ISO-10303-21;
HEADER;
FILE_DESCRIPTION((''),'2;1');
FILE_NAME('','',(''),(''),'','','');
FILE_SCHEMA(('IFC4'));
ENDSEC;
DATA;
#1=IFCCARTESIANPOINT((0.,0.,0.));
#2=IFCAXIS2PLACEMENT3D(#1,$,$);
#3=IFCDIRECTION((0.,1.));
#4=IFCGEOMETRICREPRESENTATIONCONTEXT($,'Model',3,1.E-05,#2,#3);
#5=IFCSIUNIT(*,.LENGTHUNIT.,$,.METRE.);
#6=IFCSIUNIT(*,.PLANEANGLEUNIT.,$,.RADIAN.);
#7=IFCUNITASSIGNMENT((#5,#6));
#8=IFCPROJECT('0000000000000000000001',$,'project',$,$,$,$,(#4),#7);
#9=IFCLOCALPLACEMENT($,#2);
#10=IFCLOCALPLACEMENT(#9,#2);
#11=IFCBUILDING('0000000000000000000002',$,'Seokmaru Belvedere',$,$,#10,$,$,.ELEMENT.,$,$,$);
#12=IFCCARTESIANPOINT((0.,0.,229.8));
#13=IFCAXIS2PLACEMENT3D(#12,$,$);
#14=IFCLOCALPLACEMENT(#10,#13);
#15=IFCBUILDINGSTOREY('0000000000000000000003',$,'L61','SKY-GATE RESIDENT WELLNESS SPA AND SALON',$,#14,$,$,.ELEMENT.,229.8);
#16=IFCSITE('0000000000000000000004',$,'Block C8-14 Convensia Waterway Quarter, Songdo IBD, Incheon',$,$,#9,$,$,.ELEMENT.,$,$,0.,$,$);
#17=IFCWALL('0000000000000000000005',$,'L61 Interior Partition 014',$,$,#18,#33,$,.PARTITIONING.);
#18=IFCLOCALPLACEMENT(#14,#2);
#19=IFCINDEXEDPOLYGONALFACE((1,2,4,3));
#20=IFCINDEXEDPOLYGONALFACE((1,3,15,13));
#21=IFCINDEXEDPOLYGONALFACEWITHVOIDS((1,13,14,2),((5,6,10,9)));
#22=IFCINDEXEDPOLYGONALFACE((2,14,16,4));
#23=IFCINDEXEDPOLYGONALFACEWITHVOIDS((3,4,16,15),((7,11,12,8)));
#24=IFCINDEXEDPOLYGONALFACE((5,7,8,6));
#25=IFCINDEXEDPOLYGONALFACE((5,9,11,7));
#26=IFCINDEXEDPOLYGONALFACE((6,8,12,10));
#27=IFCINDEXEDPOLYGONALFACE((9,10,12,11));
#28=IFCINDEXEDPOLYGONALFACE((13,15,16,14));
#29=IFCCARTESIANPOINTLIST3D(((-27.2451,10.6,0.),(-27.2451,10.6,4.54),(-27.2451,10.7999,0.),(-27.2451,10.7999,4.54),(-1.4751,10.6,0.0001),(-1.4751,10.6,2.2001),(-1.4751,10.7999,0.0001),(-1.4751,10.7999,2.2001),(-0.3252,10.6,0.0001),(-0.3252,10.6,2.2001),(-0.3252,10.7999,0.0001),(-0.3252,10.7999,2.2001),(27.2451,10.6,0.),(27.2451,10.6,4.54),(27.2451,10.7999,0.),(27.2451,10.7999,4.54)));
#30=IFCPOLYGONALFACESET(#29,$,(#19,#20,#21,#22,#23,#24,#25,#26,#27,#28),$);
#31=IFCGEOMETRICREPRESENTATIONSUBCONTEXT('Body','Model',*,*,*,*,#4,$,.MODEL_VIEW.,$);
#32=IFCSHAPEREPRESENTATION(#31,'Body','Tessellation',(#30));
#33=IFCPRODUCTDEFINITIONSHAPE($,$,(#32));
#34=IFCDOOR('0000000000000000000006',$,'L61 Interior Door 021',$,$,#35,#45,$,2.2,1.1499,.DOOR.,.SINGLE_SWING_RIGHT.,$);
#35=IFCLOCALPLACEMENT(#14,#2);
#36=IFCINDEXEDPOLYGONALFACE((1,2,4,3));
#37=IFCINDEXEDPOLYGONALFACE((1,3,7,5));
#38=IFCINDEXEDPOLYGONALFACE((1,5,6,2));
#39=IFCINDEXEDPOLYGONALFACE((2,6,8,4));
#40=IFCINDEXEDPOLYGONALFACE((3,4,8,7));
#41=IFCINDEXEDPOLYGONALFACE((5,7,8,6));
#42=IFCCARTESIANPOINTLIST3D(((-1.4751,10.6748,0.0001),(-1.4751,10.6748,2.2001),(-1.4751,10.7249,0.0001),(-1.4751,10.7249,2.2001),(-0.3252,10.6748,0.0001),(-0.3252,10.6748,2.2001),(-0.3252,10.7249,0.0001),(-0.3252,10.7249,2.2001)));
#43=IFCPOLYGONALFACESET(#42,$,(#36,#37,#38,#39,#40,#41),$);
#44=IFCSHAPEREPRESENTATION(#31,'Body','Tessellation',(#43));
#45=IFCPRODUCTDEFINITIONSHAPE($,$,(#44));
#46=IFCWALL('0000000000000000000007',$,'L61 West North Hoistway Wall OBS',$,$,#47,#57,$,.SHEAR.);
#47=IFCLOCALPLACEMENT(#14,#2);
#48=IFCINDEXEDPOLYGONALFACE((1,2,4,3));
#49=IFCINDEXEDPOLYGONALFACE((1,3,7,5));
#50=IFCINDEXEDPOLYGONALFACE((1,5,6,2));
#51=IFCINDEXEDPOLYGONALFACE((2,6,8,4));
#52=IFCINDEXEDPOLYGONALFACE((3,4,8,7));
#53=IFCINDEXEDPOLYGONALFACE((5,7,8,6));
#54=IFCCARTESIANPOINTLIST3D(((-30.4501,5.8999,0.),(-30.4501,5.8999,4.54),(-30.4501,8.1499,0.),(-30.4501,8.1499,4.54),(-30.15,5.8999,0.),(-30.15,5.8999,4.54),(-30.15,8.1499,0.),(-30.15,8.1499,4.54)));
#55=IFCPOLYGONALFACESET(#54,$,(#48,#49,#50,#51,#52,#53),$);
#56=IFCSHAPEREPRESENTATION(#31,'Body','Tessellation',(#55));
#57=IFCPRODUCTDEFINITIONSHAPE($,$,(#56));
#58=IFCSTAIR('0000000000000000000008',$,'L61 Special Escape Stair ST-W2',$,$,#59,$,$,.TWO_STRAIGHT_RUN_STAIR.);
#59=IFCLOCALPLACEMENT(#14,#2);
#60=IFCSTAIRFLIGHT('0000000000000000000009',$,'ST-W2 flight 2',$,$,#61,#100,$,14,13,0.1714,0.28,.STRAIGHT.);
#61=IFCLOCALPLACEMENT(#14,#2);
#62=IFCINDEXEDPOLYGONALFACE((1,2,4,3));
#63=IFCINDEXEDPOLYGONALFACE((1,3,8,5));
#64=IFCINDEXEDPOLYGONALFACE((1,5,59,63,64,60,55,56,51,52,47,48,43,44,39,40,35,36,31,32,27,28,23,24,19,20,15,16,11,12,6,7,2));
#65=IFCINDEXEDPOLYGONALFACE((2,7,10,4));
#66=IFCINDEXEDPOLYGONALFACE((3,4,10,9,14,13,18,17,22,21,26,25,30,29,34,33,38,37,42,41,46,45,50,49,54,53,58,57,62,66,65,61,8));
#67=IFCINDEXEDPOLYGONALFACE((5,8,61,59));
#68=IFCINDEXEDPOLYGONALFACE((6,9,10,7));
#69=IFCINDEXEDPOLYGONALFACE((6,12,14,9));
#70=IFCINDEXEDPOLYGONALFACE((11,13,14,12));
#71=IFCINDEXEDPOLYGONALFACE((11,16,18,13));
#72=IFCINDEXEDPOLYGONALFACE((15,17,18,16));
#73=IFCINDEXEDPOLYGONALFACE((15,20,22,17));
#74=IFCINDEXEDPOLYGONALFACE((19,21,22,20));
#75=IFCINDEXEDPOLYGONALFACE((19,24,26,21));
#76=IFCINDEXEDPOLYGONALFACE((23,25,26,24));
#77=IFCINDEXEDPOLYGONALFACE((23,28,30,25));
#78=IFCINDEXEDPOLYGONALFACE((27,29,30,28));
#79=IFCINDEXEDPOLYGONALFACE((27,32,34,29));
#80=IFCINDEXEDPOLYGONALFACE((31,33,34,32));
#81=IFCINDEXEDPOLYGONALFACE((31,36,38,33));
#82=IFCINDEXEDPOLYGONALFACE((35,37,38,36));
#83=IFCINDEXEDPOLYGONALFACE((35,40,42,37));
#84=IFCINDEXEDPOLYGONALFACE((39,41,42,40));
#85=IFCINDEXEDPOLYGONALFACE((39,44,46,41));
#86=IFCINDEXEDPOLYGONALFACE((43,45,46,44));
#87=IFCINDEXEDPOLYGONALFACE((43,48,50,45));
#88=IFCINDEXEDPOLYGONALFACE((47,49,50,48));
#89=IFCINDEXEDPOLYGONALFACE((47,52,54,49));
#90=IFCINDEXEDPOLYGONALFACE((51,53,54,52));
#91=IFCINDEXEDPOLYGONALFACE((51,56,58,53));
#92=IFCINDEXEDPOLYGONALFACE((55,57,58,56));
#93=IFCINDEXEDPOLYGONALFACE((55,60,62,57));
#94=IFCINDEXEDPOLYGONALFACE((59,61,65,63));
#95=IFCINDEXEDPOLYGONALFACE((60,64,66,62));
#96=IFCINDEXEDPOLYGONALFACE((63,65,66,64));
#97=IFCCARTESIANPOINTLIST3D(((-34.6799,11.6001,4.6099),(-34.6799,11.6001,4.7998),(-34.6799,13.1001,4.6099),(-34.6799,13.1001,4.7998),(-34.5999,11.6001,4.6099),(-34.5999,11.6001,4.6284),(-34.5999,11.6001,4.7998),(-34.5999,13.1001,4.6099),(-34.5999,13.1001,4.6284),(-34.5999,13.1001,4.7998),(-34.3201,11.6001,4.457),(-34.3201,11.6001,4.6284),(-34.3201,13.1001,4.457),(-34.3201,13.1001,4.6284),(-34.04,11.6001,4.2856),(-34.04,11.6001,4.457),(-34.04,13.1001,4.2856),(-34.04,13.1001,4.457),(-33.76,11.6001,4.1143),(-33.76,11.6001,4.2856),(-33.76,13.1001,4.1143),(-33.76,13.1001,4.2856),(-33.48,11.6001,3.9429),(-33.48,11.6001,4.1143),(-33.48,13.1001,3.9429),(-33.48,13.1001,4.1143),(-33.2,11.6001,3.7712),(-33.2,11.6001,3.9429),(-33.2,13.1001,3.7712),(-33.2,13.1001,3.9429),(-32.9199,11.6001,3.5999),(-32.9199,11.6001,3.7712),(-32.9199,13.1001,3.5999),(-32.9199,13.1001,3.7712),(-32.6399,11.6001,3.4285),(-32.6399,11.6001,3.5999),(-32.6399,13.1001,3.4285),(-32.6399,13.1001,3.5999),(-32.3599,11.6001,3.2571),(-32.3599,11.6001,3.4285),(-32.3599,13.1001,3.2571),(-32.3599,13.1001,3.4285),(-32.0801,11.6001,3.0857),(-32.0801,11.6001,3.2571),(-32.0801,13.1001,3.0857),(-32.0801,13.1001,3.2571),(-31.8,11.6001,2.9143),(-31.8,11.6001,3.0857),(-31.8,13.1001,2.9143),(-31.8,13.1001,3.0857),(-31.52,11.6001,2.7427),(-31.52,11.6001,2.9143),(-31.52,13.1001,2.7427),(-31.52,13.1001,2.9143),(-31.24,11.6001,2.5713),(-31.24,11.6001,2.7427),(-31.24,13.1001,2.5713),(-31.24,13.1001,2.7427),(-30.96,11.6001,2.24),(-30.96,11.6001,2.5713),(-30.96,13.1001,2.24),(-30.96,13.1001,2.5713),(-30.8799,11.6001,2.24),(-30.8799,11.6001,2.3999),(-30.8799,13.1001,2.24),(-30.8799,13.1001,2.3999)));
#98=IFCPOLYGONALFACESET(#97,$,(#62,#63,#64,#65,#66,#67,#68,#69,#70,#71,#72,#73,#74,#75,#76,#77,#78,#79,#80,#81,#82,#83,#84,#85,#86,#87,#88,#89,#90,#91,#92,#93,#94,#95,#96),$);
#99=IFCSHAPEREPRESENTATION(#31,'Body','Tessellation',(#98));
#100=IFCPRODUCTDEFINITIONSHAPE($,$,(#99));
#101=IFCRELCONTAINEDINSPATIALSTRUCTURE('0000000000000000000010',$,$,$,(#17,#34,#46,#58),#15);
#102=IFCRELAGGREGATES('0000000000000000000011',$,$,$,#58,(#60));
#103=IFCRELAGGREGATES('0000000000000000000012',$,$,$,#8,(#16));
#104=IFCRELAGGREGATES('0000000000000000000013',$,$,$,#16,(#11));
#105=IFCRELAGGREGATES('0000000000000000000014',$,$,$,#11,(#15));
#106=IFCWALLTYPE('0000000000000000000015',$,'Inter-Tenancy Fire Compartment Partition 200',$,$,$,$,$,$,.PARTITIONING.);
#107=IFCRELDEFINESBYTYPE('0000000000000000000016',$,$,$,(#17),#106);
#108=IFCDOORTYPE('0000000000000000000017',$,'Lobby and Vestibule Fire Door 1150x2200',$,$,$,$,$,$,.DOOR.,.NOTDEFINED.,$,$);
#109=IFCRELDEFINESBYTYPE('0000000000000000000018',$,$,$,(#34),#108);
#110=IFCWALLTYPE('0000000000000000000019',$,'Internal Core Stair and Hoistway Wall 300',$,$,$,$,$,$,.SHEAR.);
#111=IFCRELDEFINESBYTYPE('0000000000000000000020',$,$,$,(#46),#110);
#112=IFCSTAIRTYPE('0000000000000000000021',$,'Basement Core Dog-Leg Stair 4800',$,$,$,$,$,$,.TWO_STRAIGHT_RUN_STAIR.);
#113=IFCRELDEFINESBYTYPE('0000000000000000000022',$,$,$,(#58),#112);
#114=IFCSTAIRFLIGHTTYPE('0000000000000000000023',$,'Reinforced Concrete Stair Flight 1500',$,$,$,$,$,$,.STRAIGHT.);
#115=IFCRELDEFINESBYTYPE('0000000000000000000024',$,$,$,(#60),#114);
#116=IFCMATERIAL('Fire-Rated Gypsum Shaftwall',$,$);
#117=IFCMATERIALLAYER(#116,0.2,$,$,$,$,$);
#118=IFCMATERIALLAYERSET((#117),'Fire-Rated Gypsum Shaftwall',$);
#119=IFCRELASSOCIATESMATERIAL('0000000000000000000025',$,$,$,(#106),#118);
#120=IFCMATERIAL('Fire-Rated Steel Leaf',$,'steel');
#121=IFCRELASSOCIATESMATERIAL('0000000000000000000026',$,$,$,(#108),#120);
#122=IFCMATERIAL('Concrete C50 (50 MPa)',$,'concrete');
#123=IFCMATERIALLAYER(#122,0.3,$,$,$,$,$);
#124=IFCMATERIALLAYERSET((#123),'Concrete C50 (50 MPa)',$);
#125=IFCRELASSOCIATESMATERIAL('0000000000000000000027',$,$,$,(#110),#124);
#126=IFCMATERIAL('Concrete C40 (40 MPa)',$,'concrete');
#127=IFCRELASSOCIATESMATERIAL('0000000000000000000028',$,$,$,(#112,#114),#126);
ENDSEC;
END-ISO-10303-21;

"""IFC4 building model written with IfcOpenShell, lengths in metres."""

from ifc_helpers import new_model, si_unit, direction, frame, frame_2d, origin, place, context, subcontext, project, spatial, polyline, rectangle, outline, extrude, source, transform, mapped, material, layer, layer_set, type_object, type_shapes, element, fill, aggregate, save


model = new_model("IFC4")

# Units and contexts
model_context = context("Model", 3, precision=1e-05, world=origin(), true_north=direction((0.0, 1.0)))
body_context = subcontext(model_context, "Body", "Model", "MODEL_VIEW")
ifc_project = project(units=[si_unit("LENGTHUNIT", "METRE"), si_unit("PLANEANGLEUNIT", "RADIAN")], contexts=[model_context])

# Site, building, storey
site_placement = place(None, origin())
site = spatial("IfcSite", under=ifc_project, at=site_placement, Name="Block C8-14 Convensia Waterway Quarter, Songdo IBD, Incheon", CompositionType="ELEMENT", RefElevation=0.0)
building_placement = place(site_placement, origin())
building = spatial("IfcBuilding", under=site, at=building_placement, Name="Seokmaru Belvedere", CompositionType="ELEMENT")
storey_placement = place(building_placement, frame((0.0, 0.0, 229.8)))
storey = spatial("IfcBuildingStorey", under=building, at=storey_placement, Name="L61", Description="SKY-GATE RESIDENT WELLNESS SPA AND SALON", CompositionType="ELEMENT", Elevation=229.8)

# Shared definitions
ifc_material_1 = material(Name="Concrete C50 (50 MPa)", Category="concrete")

# Wall, opening, door
ifc_material_2 = material(Name="Fire-Rated Gypsum Shaftwall")
ifc_layer_1 = layer(ifc_material_2, 0.2)
ifc_layer_set_1 = layer_set([ifc_layer_1], Name="Fire-Rated Gypsum Shaftwall")
wall_type_1 = type_object("IfcWallType", Name="Inter-Tenancy Fire Compartment Partition 200", PredefinedType="PARTITIONING", material=ifc_layer_set_1)
wall_1_placement = place(storey_placement, frame((-27.2451, 10.7, 0.0), z_axis=(0.0, 0.0, 1.0), x_axis=(1.0, 0.0, 0.0)))
wall_1 = element("IfcWall", 1, at=wall_1_placement, inside=storey, type_object=wall_type_1, Name="L61 Interior Partition 014", PredefinedType="PARTITIONING", context=body_context, shape_type="SweptSolid", body=[
    extrude(rectangle(XDim=54.4902, YDim=0.2, at=frame_2d((27.2451, 0.0))), origin(), (0.0, 0.0, 1.0), 4.54),
])
opening_1_placement = place(wall_1_placement, frame((25.77, 0.0, 0.0)))
opening_1 = element("IfcOpeningElement", 2, at=opening_1_placement, cuts=wall_1, PredefinedType="OPENING", context=body_context, shape_type="SweptSolid", body=[
    extrude(rectangle(XDim=1.1499, YDim=2.2, at=frame_2d((0.575, 1.1001))), frame((0.0, 0.1099, 0.0), z_axis=(0.0, -1.0, 0.0), x_axis=(1.0, 0.0, 0.0)), (0.0, 0.0, 1.0), 0.22),
])
ifc_material_3 = material(Name="Fire-Rated Steel Leaf", Category="steel")
door_type_1 = type_object("IfcDoorType", Name="Lobby and Vestibule Fire Door 1150x2200", OperationType="NOTDEFINED", PredefinedType="DOOR", material=ifc_material_3)
shared_shape_1 = source(origin(), body_context, "Body", "SweptSolid", [
    extrude(rectangle(XDim=1.1499, YDim=2.2, at=frame_2d((0.575, 1.1001))), frame((0.0, 0.0249, 0.0), z_axis=(0.0, -1.0, 0.0), x_axis=(1.0, 0.0, 0.0)), (0.0, 0.0, 1.0), 0.05),
])
type_shapes(door_type_1, [shared_shape_1])
door_1_placement = place(opening_1_placement, origin())
door_1 = element("IfcDoor", 3, at=door_1_placement, inside=storey, type_object=door_type_1, Name="L61 Interior Door 021", OperationType="SINGLE_SWING_RIGHT", OverallHeight=2.2, OverallWidth=1.1499, PredefinedType="DOOR", context=body_context, shape_type="MappedRepresentation", body=[
    mapped(shared_shape_1, transform((0.0, 0.0, 0.0), scale=1.0)),
])
fill(opening_1, door_1)

# Wall
ifc_layer_2 = layer(ifc_material_1, 0.3)
ifc_layer_set_2 = layer_set([ifc_layer_2], Name="Concrete C50 (50 MPa)")
wall_type_2 = type_object("IfcWallType", Name="Internal Core Stair and Hoistway Wall 300", PredefinedType="SHEAR", material=ifc_layer_set_2)
wall_2_placement = place(storey_placement, frame((-30.3, 5.8999, 0.0), z_axis=(0.0, 0.0, 1.0), x_axis=(0.0, 1.0, 0.0)))
element("IfcWall", 4, at=wall_2_placement, inside=storey, type_object=wall_type_2, Name="L61 West North Hoistway Wall OBS", PredefinedType="SHEAR", context=body_context, shape_type="SweptSolid", body=[
    extrude(rectangle(XDim=2.25, YDim=0.3, at=frame_2d((1.125, 0.0))), origin(), (0.0, 0.0, 1.0), 4.54),
])

# Stair, stair flight
ifc_material_4 = material(Name="Concrete C40 (40 MPa)", Category="concrete")
stair_type = type_object("IfcStairType", Name="Basement Core Dog-Leg Stair 4800", PredefinedType="TWO_STRAIGHT_RUN_STAIR", material=ifc_material_4)
stair_placement = place(storey_placement, origin())
stair = element("IfcStair", 5, at=stair_placement, inside=storey, type_object=stair_type, Name="L61 Special Escape Stair ST-W2", PredefinedType="TWO_STRAIGHT_RUN_STAIR")
stair_flight_type = type_object("IfcStairFlightType", Name="Reinforced Concrete Stair Flight 1500", PredefinedType="STRAIGHT", material=ifc_material_4)
stair_flight_placement = place(storey_placement, frame((-30.96, 12.3501, 2.3999), z_axis=(0.0, 0.0, 1.0), x_axis=(-1.0, 0.0, 0.0)))
stair_flight = element("IfcStairFlight", 6, at=stair_flight_placement, type_object=stair_flight_type, Name="ST-W2 flight 2", NumberOfRisers=14, NumberOfTreads=13, PredefinedType="STRAIGHT", RiserHeight=0.1714, TreadLength=0.28, context=body_context, shape_type="SweptSolid", body=[
    extrude(outline(polyline([(-0.0801, 0.0), (0.0, 0.1714), (0.28, 0.1714), (0.28, 0.3428), (0.5601, 0.3428), (0.5601, 0.5144), (0.8401, 0.5144), (0.8401, 0.6858), (1.1201, 0.6858), (1.1201, 0.8572), (1.3999, 0.8572), (1.3999, 1.0286), (1.6799, 1.0286), (1.6799, 1.2), (1.96, 1.2), (1.96, 1.3713), (2.24, 1.3713), (2.24, 1.543), (2.52, 1.543), (2.52, 1.7144), (2.8, 1.7144), (2.8, 1.8857), (3.0801, 1.8857), (3.0801, 2.0571), (3.3601, 2.0571), (3.3601, 2.2285), (3.6399, 2.2285), (3.6399, 2.3999), (3.72, 2.3999), (3.72, 2.21), (3.6399, 2.21), (0.0, -0.1599), (-0.0801, -0.1599), (-0.0801, 0.0)])), frame((0.0, 0.75, 0.0), z_axis=(0.0, -1.0, 0.0), x_axis=(1.0, 0.0, 0.0)), (0.0, 0.0, 1.0), 1.5),
])
aggregate(stair, [stair_flight])

save(model, "model.ifc")
